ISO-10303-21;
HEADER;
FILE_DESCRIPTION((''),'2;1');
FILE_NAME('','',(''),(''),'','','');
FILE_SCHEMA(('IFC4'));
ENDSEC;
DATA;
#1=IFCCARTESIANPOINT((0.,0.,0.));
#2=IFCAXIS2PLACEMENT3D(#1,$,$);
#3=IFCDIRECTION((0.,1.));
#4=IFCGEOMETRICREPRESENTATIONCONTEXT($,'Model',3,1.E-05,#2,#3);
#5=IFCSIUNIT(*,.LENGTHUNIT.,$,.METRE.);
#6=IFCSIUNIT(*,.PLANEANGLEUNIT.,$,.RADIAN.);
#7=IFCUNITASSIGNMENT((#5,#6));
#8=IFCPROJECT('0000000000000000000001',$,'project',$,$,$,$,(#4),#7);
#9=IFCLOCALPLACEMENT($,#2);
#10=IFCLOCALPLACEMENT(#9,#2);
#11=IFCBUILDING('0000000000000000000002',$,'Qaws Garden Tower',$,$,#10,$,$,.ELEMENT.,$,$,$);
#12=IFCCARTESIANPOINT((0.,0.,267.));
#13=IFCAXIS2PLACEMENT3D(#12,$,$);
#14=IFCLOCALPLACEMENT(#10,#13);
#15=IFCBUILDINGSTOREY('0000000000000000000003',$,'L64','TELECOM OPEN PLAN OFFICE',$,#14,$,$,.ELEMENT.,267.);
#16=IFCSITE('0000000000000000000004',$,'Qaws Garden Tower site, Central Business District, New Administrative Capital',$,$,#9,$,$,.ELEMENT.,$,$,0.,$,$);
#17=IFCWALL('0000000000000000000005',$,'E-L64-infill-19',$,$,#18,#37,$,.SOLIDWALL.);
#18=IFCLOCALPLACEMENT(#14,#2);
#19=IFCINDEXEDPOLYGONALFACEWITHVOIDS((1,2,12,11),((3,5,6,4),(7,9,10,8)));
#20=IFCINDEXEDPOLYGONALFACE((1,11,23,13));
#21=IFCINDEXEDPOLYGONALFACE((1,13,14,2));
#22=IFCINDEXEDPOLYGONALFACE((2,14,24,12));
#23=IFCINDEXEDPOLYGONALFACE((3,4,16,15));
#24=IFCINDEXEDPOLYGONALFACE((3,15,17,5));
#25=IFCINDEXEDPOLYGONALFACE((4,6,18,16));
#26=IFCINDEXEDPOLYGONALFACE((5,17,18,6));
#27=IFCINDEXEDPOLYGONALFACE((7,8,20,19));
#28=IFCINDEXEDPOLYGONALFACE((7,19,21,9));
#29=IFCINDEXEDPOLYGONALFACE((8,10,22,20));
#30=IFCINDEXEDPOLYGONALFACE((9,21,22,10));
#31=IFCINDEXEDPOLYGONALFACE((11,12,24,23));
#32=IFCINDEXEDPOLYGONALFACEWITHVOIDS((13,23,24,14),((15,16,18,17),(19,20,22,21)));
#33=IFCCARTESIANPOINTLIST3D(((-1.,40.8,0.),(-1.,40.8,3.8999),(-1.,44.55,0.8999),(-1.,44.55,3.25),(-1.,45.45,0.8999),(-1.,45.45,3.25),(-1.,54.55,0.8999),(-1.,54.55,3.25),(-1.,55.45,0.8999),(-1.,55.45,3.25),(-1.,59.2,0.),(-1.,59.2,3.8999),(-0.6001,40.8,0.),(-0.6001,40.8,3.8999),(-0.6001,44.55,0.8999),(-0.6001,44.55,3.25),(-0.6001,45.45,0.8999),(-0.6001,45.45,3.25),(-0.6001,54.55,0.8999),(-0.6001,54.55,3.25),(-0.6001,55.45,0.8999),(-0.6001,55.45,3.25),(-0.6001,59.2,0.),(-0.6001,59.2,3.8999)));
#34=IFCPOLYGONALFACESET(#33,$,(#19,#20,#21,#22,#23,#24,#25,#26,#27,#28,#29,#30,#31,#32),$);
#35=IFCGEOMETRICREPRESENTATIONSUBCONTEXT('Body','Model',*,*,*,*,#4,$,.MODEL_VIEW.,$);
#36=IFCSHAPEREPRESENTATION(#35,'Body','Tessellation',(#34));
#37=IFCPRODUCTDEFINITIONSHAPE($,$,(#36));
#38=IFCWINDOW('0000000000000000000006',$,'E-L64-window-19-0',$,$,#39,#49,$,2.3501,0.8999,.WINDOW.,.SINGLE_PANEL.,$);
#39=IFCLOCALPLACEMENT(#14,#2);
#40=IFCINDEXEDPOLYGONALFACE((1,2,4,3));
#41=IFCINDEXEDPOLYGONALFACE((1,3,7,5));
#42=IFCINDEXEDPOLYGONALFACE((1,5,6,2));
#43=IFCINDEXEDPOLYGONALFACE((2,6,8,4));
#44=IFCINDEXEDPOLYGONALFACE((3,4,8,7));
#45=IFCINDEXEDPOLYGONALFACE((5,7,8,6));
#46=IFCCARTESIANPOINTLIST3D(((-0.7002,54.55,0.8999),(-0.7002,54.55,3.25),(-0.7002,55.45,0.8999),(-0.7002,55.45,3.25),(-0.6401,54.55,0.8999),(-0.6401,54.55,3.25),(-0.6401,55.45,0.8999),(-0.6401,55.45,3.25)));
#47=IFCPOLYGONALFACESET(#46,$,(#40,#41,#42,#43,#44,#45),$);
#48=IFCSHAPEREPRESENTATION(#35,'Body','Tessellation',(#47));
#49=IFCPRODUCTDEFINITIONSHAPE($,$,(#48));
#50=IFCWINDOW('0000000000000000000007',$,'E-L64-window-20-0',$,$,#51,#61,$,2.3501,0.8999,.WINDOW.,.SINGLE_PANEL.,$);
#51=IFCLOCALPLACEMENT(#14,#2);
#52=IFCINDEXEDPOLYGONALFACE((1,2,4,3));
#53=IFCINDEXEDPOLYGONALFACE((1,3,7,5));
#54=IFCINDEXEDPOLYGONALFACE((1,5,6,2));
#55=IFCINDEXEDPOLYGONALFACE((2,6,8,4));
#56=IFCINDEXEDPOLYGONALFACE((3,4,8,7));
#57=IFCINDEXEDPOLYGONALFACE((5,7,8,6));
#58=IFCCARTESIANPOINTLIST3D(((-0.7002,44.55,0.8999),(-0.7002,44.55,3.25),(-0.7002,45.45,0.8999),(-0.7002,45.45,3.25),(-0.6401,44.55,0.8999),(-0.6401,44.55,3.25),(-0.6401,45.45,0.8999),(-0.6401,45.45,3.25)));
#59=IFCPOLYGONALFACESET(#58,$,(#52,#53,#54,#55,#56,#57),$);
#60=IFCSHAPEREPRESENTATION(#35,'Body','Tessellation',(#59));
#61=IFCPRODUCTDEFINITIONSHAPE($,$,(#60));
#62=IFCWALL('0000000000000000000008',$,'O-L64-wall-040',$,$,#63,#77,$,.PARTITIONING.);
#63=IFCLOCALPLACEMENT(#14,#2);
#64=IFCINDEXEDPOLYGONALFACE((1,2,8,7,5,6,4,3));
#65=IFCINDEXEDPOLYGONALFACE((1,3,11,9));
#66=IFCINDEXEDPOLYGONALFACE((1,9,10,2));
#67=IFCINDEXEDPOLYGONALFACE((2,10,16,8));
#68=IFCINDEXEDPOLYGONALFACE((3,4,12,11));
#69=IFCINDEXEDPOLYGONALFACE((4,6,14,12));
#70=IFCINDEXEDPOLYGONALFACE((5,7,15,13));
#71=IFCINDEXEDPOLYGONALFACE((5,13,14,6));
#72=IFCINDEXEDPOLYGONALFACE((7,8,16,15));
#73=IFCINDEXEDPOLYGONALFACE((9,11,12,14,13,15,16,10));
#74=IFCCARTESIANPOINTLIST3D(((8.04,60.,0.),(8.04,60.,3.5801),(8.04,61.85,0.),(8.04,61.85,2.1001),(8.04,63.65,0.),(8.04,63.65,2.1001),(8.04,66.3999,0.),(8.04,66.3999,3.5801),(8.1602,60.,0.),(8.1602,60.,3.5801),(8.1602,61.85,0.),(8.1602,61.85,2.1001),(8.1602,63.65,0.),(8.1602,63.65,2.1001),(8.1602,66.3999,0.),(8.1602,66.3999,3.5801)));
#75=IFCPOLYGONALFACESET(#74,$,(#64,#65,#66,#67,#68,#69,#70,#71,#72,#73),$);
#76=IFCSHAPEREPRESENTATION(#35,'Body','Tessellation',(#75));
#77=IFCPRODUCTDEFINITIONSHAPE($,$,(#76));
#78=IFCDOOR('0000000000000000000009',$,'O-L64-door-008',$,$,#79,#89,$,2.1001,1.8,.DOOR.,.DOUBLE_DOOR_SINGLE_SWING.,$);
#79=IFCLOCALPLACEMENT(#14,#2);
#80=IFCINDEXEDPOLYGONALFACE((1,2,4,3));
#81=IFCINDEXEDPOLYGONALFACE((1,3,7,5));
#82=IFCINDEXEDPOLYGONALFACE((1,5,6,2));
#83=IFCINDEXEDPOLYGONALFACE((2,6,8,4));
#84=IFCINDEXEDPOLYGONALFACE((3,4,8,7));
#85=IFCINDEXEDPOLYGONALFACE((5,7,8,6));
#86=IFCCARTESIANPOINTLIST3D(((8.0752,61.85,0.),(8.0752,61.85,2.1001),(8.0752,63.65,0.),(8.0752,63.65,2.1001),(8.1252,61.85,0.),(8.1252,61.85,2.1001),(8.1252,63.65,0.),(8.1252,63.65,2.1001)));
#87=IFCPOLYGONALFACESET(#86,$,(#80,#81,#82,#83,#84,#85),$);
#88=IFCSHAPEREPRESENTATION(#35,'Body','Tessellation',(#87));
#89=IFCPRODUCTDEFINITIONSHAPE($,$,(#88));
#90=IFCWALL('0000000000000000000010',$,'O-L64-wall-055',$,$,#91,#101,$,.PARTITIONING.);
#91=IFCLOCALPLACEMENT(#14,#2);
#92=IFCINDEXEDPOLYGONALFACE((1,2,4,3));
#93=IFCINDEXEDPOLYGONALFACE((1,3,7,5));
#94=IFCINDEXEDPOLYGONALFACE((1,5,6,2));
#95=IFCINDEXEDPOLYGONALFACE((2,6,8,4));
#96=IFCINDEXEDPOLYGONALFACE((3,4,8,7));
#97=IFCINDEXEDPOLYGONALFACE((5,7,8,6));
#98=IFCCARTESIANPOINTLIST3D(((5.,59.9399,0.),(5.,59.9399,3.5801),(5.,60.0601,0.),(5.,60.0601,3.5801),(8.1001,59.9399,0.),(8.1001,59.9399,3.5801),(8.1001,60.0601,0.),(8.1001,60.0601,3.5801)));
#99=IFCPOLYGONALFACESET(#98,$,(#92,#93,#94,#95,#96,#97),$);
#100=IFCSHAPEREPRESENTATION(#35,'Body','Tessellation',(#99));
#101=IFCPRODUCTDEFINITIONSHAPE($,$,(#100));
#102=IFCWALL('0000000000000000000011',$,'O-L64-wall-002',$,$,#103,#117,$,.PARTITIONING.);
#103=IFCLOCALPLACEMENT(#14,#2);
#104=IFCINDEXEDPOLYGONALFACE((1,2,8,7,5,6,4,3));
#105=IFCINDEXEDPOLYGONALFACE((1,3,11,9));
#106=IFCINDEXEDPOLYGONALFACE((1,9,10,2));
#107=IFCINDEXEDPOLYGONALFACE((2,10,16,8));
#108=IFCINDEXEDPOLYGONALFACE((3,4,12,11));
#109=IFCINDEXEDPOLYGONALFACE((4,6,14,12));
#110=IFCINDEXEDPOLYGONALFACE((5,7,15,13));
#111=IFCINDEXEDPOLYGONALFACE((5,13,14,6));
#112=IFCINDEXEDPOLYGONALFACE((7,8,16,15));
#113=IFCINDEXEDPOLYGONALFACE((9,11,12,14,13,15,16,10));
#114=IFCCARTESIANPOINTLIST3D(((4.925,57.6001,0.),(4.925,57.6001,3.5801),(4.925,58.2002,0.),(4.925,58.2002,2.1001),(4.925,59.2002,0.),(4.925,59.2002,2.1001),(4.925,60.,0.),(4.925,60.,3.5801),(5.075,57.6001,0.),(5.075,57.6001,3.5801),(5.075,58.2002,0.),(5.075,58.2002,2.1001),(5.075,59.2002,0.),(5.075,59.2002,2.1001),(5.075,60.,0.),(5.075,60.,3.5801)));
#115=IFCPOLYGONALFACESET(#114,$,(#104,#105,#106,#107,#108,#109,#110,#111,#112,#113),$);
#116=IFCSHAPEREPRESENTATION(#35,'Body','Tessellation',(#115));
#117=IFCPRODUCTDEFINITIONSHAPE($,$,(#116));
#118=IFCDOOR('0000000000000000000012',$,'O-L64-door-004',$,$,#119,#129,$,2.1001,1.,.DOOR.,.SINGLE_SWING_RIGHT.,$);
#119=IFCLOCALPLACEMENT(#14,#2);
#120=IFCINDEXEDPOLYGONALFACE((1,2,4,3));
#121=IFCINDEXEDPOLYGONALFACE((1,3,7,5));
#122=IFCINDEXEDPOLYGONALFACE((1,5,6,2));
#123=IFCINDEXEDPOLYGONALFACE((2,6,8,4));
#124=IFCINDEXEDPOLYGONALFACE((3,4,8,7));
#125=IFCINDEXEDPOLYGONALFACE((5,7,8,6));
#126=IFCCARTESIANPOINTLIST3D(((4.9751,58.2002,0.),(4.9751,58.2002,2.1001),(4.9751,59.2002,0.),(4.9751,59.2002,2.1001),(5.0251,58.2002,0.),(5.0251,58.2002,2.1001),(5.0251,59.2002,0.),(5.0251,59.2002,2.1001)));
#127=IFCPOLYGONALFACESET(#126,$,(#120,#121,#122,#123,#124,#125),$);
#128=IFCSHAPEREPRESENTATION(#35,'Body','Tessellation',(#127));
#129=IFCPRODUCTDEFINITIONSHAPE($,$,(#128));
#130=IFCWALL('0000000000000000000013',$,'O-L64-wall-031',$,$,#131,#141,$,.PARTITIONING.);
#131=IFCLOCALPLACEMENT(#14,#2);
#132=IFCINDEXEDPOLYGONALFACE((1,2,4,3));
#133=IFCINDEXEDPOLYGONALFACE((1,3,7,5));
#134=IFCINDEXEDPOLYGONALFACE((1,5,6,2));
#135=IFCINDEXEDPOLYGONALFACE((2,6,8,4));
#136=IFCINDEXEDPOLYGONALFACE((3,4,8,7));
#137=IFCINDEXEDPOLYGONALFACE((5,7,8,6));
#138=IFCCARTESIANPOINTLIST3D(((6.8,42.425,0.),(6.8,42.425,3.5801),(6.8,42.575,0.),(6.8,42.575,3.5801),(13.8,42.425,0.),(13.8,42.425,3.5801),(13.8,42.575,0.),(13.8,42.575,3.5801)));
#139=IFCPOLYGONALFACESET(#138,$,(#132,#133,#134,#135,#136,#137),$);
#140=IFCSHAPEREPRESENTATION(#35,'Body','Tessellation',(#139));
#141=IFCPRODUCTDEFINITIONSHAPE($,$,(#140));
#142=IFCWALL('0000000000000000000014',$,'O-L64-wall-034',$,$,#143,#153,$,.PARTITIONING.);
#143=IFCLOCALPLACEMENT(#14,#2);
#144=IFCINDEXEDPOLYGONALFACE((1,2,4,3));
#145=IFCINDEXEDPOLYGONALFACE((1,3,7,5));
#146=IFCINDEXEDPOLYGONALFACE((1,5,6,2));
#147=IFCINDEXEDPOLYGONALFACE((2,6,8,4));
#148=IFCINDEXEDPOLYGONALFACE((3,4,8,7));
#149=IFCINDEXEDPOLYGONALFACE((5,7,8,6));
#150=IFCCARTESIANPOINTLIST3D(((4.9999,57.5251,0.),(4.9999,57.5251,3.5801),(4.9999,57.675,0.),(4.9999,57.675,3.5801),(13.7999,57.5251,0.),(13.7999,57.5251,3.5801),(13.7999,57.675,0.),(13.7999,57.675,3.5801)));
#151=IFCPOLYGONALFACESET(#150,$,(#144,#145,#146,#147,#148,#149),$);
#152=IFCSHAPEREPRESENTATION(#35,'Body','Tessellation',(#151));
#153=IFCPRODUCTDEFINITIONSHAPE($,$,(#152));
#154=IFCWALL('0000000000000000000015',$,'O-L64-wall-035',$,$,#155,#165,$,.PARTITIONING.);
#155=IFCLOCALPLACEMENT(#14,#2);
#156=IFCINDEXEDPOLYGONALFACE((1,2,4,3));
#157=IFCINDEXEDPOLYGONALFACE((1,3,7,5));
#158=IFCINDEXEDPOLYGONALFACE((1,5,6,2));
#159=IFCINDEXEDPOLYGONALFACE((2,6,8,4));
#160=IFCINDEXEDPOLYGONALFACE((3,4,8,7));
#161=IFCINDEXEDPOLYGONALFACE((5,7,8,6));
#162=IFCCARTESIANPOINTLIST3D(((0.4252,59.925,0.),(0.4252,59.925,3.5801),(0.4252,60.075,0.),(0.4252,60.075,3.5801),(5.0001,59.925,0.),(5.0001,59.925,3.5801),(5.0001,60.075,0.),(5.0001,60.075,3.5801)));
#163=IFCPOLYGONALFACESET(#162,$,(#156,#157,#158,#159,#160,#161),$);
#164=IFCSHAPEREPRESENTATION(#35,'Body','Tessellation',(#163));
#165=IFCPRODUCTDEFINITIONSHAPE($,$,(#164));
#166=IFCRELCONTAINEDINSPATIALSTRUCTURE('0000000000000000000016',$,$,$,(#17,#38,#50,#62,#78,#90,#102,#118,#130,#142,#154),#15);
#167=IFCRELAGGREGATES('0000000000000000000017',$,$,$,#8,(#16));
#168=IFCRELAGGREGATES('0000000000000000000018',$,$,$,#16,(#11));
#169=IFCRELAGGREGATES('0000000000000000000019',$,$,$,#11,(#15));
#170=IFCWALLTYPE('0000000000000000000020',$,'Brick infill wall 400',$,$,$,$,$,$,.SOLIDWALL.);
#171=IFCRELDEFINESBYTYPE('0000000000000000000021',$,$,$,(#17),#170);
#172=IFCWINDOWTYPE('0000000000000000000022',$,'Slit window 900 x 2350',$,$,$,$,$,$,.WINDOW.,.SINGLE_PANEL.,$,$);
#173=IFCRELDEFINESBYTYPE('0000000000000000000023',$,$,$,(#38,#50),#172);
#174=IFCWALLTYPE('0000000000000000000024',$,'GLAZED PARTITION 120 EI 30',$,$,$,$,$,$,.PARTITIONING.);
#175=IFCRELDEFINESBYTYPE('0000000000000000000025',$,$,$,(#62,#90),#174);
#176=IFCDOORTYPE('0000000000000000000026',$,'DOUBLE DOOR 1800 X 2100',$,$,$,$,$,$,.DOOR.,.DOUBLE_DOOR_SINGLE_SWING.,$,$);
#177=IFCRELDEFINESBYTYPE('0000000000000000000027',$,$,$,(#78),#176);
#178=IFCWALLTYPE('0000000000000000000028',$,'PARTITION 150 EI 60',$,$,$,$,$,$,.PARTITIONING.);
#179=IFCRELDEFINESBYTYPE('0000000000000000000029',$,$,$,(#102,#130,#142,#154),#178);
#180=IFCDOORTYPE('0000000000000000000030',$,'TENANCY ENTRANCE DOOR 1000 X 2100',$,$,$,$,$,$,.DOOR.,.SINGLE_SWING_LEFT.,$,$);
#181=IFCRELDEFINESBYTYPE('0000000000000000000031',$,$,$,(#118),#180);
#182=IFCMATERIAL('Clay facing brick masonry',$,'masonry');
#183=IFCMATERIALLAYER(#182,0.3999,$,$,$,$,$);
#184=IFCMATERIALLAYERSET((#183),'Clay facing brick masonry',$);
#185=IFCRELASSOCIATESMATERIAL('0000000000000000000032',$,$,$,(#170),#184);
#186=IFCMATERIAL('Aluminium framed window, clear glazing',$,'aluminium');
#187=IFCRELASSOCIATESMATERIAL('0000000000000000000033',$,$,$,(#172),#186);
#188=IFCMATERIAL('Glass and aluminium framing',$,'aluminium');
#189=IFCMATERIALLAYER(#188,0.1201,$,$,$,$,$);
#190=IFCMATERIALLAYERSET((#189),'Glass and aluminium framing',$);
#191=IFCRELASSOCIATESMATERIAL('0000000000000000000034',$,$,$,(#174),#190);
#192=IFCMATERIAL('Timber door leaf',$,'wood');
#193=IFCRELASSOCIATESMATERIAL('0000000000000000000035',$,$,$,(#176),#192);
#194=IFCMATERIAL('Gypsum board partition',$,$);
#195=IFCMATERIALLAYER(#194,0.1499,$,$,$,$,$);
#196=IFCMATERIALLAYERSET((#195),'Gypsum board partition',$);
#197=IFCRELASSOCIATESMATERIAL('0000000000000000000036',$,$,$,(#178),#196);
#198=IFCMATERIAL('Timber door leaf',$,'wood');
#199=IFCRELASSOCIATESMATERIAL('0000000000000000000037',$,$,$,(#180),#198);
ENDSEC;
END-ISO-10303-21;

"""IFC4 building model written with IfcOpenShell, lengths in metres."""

from ifc_helpers import new_model, si_unit, direction, frame, frame_2d, origin, place, context, subcontext, project, spatial, rectangle, extrude, material, layer, layer_set, type_object, element, fill, save


model = new_model("IFC4")

# Units and contexts
model_context = context("Model", 3, precision=1e-05, world=origin(), true_north=direction((0.0, 1.0)))
body_context = subcontext(model_context, "Body", "Model", "MODEL_VIEW")
ifc_project = project(units=[si_unit("LENGTHUNIT", "METRE"), si_unit("PLANEANGLEUNIT", "RADIAN")], contexts=[model_context])

# Site, building, storey
site_placement = place(None, origin())
site = spatial("IfcSite", under=ifc_project, at=site_placement, Name="Qaws Garden Tower site, Central Business District, New Administrative Capital", CompositionType="ELEMENT", RefElevation=0.0)
building_placement = place(site_placement, origin())
building = spatial("IfcBuilding", under=site, at=building_placement, Name="Qaws Garden Tower", CompositionType="ELEMENT")
storey_placement = place(building_placement, frame((0.0, 0.0, 267.0)))
storey = spatial("IfcBuildingStorey", under=building, at=storey_placement, Name="L64", Description="TELECOM OPEN PLAN OFFICE", CompositionType="ELEMENT", Elevation=267.0)

# Shared definitions
ifc_material_1 = material(Name="Clay facing brick masonry", Category="masonry")
ifc_layer_1 = layer(ifc_material_1, 0.3999)
ifc_layer_set_1 = layer_set([ifc_layer_1], Name="Clay facing brick masonry")
wall_type_1 = type_object("IfcWallType", Name="Brick infill wall 400", PredefinedType="SOLIDWALL", material=ifc_layer_set_1)

# Wall, openings, windows
wall_1_placement = place(storey_placement, frame((-0.8, 59.2, 0.0), z_axis=(0.0, 0.0, 1.0), x_axis=(0.0, -1.0, 0.0)))
wall_1 = element("IfcWall", 1, at=wall_1_placement, inside=storey, type_object=wall_type_1, Name="E-L64-infill-19", PredefinedType="SOLIDWALL", context=body_context, shape_type="SweptSolid", body=[
    extrude(rectangle(XDim=18.3999, YDim=0.3999, at=frame_2d((9.2, 0.0))), origin(), (0.0, 0.0, 1.0), 3.8999),
])
opening_1_placement = place(wall_1_placement, frame((3.75, 0.0, 0.8999)))
opening_1 = element("IfcOpeningElement", 2, at=opening_1_placement, cuts=wall_1, PredefinedType="OPENING", context=body_context, shape_type="SweptSolid", body=[
    extrude(rectangle(XDim=0.8999, YDim=2.3501, at=frame_2d((0.45, 1.175))), frame((0.0, 0.21, 0.0), z_axis=(0.0, -1.0, 0.0), x_axis=(1.0, 0.0, 0.0)), (0.0, 0.0, 1.0), 0.4199),
])
opening_2_placement = place(wall_1_placement, frame((13.75, 0.0, 0.8999)))
opening_2 = element("IfcOpeningElement", 3, at=opening_2_placement, cuts=wall_1, PredefinedType="OPENING", context=body_context, shape_type="SweptSolid", body=[
    extrude(rectangle(XDim=0.8999, YDim=2.3501, at=frame_2d((0.45, 1.175))), frame((0.0, 0.21, 0.0), z_axis=(0.0, -1.0, 0.0), x_axis=(1.0, 0.0, 0.0)), (0.0, 0.0, 1.0), 0.4199),
])
ifc_material_2 = material(Name="Aluminium framed window, clear glazing", Category="aluminium")
window_type_1 = type_object("IfcWindowType", Name="Slit window 900 x 2350", PartitioningType="SINGLE_PANEL", PredefinedType="WINDOW", material=ifc_material_2)
window_1_placement = place(opening_1_placement, origin())
window_1 = element("IfcWindow", 4, at=window_1_placement, inside=storey, type_object=window_type_1, Name="E-L64-window-19-0", OverallHeight=2.3501, OverallWidth=0.8999, PartitioningType="SINGLE_PANEL", PredefinedType="WINDOW", context=body_context, shape_type="SweptSolid", body=[
    extrude(rectangle(XDim=0.8999, YDim=2.3501, at=frame_2d((0.45, 1.175))), frame((0.0, 0.1599, 0.0), z_axis=(0.0, -1.0, 0.0), x_axis=(1.0, 0.0, 0.0)), (0.0, 0.0, 1.0), 0.0601),
])
fill(opening_1, window_1)
window_2_placement = place(opening_2_placement, origin())
window_2 = element("IfcWindow", 5, at=window_2_placement, inside=storey, type_object=window_type_1, Name="E-L64-window-20-0", OverallHeight=2.3501, OverallWidth=0.8999, PartitioningType="SINGLE_PANEL", PredefinedType="WINDOW", context=body_context, shape_type="SweptSolid", body=[
    extrude(rectangle(XDim=0.8999, YDim=2.3501, at=frame_2d((0.45, 1.175))), frame((0.0, 0.1599, 0.0), z_axis=(0.0, -1.0, 0.0), x_axis=(1.0, 0.0, 0.0)), (0.0, 0.0, 1.0), 0.0601),
])
fill(opening_2, window_2)

# Wall, opening, door
ifc_material_3 = material(Name="Glass and aluminium framing", Category="aluminium")
ifc_layer_2 = layer(ifc_material_3, 0.1201)
ifc_layer_set_2 = layer_set([ifc_layer_2], Name="Glass and aluminium framing")
wall_type_2 = type_object("IfcWallType", Name="GLAZED PARTITION 120 EI 30", PredefinedType="PARTITIONING", material=ifc_layer_set_2)
wall_2_placement = place(storey_placement, frame((8.1001, 60.0, 0.0), z_axis=(0.0, 0.0, 1.0), x_axis=(0.0, 1.0, 0.0)))
wall_2 = element("IfcWall", 6, at=wall_2_placement, inside=storey, type_object=wall_type_2, Name="O-L64-wall-040", PredefinedType="PARTITIONING", context=body_context, shape_type="SweptSolid", body=[
    extrude(rectangle(XDim=6.3999, YDim=0.1201, at=frame_2d((3.2, 0.0))), origin(), (0.0, 0.0, 1.0), 3.5801),
])
opening_3_placement = place(wall_2_placement, frame((1.8501, 0.0, 0.0)))
opening_3 = element("IfcOpeningElement", 7, at=opening_3_placement, cuts=wall_2, PredefinedType="OPENING", context=body_context, shape_type="SweptSolid", body=[
    extrude(rectangle(XDim=1.8, YDim=2.1001, at=frame_2d((0.8999, 1.05))), frame((0.0, 0.0701, 0.0), z_axis=(0.0, -1.0, 0.0), x_axis=(1.0, 0.0, 0.0)), (0.0, 0.0, 1.0), 0.1401),
])
ifc_material_4 = material(Name="Timber door leaf", Category="wood")
door_type_1 = type_object("IfcDoorType", Name="DOUBLE DOOR 1800 X 2100", OperationType="DOUBLE_DOOR_SINGLE_SWING", PredefinedType="DOOR", material=ifc_material_4)
door_1_placement = place(opening_3_placement, origin())
door_1 = element("IfcDoor", 8, at=door_1_placement, inside=storey, type_object=door_type_1, Name="O-L64-door-008", OperationType="DOUBLE_DOOR_SINGLE_SWING", OverallHeight=2.1001, OverallWidth=1.8, PredefinedType="DOOR", context=body_context, shape_type="SweptSolid", body=[
    extrude(rectangle(XDim=1.8, YDim=2.1001, at=frame_2d((0.8999, 1.05))), frame((0.0, 0.0249, 0.0), z_axis=(0.0, -1.0, 0.0), x_axis=(1.0, 0.0, 0.0)), (0.0, 0.0, 1.0), 0.05),
])
fill(opening_3, door_1)

# Wall
wall_3_placement = place(storey_placement, frame((5.0, 60.0, 0.0), z_axis=(0.0, 0.0, 1.0), x_axis=(1.0, 0.0, 0.0)))
element("IfcWall", 9, at=wall_3_placement, inside=storey, type_object=wall_type_2, Name="O-L64-wall-055", PredefinedType="PARTITIONING", context=body_context, shape_type="SweptSolid", body=[
    extrude(rectangle(XDim=3.1001, YDim=0.1201, at=frame_2d((1.55, 0.0))), origin(), (0.0, 0.0, 1.0), 3.5801),
])

# Wall, opening, door
ifc_material_5 = material(Name="Gypsum board partition")
ifc_layer_3 = layer(ifc_material_5, 0.1499)
ifc_layer_set_3 = layer_set([ifc_layer_3], Name="Gypsum board partition")
wall_type_3 = type_object("IfcWallType", Name="PARTITION 150 EI 60", PredefinedType="PARTITIONING", material=ifc_layer_set_3)
wall_4_placement = place(storey_placement, frame((5.0, 57.6001, 0.0), z_axis=(0.0, 0.0, 1.0), x_axis=(0.0, 1.0, 0.0)))
wall_4 = element("IfcWall", 10, at=wall_4_placement, inside=storey, type_object=wall_type_3, Name="O-L64-wall-002", PredefinedType="PARTITIONING", context=body_context, shape_type="SweptSolid", body=[
    extrude(rectangle(XDim=2.3999, YDim=0.1499, at=frame_2d((1.2, 0.0))), origin(), (0.0, 0.0, 1.0), 3.5801),
])
opening_4_placement = place(wall_4_placement, frame((0.6001, 0.0, 0.0)))
opening_4 = element("IfcOpeningElement", 11, at=opening_4_placement, cuts=wall_4, PredefinedType="OPENING", context=body_context, shape_type="SweptSolid", body=[
    extrude(rectangle(XDim=1.0, YDim=2.1001, at=frame_2d((0.5, 1.05))), frame((0.0, 0.085, 0.0), z_axis=(0.0, -1.0, 0.0), x_axis=(1.0, 0.0, 0.0)), (0.0, 0.0, 1.0), 0.1699),
])
ifc_material_6 = material(Name="Timber door leaf", Category="wood")
door_type_2 = type_object("IfcDoorType", Name="TENANCY ENTRANCE DOOR 1000 X 2100", OperationType="SINGLE_SWING_LEFT", PredefinedType="DOOR", material=ifc_material_6)
door_2_placement = place(opening_4_placement, origin())
door_2 = element("IfcDoor", 12, at=door_2_placement, inside=storey, type_object=door_type_2, Name="O-L64-door-004", OperationType="SINGLE_SWING_RIGHT", OverallHeight=2.1001, OverallWidth=1.0, PredefinedType="DOOR", context=body_context, shape_type="SweptSolid", body=[
    extrude(rectangle(XDim=1.0, YDim=2.1001, at=frame_2d((0.5, 1.05))), frame((0.0, 0.0249, 0.0), z_axis=(0.0, -1.0, 0.0), x_axis=(1.0, 0.0, 0.0)), (0.0, 0.0, 1.0), 0.05),
])
fill(opening_4, door_2)

# Walls
wall_5_placement = place(storey_placement, frame((6.8, 42.5, 0.0), z_axis=(0.0, 0.0, 1.0), x_axis=(1.0, 0.0, 0.0)))
element("IfcWall", 13, at=wall_5_placement, inside=storey, type_object=wall_type_3, Name="O-L64-wall-031", PredefinedType="PARTITIONING", context=body_context, shape_type="SweptSolid", body=[
    extrude(rectangle(XDim=7.0, YDim=0.1499, at=frame_2d((3.5, 0.0))), origin(), (0.0, 0.0, 1.0), 3.5801),
])
wall_6_placement = place(storey_placement, frame((5.0, 57.6001, 0.0), z_axis=(0.0, 0.0, 1.0), x_axis=(1.0, 0.0, 0.0)))
element("IfcWall", 14, at=wall_6_placement, inside=storey, type_object=wall_type_3, Name="O-L64-wall-034", PredefinedType="PARTITIONING", context=body_context, shape_type="SweptSolid", body=[
    extrude(rectangle(XDim=8.8, YDim=0.1499, at=frame_2d((4.3999, 0.0))), origin(), (0.0, 0.0, 1.0), 3.5801),
])
wall_7_placement = place(storey_placement, frame((0.425, 60.0, 0.0), z_axis=(0.0, 0.0, 1.0), x_axis=(1.0, 0.0, 0.0)))
element("IfcWall", 15, at=wall_7_placement, inside=storey, type_object=wall_type_3, Name="O-L64-wall-035", PredefinedType="PARTITIONING", context=body_context, shape_type="SweptSolid", body=[
    extrude(rectangle(XDim=4.575, YDim=0.1499, at=frame_2d((2.2876, 0.0))), origin(), (0.0, 0.0, 1.0), 3.5801),
])

save(model, "model.ifc")
